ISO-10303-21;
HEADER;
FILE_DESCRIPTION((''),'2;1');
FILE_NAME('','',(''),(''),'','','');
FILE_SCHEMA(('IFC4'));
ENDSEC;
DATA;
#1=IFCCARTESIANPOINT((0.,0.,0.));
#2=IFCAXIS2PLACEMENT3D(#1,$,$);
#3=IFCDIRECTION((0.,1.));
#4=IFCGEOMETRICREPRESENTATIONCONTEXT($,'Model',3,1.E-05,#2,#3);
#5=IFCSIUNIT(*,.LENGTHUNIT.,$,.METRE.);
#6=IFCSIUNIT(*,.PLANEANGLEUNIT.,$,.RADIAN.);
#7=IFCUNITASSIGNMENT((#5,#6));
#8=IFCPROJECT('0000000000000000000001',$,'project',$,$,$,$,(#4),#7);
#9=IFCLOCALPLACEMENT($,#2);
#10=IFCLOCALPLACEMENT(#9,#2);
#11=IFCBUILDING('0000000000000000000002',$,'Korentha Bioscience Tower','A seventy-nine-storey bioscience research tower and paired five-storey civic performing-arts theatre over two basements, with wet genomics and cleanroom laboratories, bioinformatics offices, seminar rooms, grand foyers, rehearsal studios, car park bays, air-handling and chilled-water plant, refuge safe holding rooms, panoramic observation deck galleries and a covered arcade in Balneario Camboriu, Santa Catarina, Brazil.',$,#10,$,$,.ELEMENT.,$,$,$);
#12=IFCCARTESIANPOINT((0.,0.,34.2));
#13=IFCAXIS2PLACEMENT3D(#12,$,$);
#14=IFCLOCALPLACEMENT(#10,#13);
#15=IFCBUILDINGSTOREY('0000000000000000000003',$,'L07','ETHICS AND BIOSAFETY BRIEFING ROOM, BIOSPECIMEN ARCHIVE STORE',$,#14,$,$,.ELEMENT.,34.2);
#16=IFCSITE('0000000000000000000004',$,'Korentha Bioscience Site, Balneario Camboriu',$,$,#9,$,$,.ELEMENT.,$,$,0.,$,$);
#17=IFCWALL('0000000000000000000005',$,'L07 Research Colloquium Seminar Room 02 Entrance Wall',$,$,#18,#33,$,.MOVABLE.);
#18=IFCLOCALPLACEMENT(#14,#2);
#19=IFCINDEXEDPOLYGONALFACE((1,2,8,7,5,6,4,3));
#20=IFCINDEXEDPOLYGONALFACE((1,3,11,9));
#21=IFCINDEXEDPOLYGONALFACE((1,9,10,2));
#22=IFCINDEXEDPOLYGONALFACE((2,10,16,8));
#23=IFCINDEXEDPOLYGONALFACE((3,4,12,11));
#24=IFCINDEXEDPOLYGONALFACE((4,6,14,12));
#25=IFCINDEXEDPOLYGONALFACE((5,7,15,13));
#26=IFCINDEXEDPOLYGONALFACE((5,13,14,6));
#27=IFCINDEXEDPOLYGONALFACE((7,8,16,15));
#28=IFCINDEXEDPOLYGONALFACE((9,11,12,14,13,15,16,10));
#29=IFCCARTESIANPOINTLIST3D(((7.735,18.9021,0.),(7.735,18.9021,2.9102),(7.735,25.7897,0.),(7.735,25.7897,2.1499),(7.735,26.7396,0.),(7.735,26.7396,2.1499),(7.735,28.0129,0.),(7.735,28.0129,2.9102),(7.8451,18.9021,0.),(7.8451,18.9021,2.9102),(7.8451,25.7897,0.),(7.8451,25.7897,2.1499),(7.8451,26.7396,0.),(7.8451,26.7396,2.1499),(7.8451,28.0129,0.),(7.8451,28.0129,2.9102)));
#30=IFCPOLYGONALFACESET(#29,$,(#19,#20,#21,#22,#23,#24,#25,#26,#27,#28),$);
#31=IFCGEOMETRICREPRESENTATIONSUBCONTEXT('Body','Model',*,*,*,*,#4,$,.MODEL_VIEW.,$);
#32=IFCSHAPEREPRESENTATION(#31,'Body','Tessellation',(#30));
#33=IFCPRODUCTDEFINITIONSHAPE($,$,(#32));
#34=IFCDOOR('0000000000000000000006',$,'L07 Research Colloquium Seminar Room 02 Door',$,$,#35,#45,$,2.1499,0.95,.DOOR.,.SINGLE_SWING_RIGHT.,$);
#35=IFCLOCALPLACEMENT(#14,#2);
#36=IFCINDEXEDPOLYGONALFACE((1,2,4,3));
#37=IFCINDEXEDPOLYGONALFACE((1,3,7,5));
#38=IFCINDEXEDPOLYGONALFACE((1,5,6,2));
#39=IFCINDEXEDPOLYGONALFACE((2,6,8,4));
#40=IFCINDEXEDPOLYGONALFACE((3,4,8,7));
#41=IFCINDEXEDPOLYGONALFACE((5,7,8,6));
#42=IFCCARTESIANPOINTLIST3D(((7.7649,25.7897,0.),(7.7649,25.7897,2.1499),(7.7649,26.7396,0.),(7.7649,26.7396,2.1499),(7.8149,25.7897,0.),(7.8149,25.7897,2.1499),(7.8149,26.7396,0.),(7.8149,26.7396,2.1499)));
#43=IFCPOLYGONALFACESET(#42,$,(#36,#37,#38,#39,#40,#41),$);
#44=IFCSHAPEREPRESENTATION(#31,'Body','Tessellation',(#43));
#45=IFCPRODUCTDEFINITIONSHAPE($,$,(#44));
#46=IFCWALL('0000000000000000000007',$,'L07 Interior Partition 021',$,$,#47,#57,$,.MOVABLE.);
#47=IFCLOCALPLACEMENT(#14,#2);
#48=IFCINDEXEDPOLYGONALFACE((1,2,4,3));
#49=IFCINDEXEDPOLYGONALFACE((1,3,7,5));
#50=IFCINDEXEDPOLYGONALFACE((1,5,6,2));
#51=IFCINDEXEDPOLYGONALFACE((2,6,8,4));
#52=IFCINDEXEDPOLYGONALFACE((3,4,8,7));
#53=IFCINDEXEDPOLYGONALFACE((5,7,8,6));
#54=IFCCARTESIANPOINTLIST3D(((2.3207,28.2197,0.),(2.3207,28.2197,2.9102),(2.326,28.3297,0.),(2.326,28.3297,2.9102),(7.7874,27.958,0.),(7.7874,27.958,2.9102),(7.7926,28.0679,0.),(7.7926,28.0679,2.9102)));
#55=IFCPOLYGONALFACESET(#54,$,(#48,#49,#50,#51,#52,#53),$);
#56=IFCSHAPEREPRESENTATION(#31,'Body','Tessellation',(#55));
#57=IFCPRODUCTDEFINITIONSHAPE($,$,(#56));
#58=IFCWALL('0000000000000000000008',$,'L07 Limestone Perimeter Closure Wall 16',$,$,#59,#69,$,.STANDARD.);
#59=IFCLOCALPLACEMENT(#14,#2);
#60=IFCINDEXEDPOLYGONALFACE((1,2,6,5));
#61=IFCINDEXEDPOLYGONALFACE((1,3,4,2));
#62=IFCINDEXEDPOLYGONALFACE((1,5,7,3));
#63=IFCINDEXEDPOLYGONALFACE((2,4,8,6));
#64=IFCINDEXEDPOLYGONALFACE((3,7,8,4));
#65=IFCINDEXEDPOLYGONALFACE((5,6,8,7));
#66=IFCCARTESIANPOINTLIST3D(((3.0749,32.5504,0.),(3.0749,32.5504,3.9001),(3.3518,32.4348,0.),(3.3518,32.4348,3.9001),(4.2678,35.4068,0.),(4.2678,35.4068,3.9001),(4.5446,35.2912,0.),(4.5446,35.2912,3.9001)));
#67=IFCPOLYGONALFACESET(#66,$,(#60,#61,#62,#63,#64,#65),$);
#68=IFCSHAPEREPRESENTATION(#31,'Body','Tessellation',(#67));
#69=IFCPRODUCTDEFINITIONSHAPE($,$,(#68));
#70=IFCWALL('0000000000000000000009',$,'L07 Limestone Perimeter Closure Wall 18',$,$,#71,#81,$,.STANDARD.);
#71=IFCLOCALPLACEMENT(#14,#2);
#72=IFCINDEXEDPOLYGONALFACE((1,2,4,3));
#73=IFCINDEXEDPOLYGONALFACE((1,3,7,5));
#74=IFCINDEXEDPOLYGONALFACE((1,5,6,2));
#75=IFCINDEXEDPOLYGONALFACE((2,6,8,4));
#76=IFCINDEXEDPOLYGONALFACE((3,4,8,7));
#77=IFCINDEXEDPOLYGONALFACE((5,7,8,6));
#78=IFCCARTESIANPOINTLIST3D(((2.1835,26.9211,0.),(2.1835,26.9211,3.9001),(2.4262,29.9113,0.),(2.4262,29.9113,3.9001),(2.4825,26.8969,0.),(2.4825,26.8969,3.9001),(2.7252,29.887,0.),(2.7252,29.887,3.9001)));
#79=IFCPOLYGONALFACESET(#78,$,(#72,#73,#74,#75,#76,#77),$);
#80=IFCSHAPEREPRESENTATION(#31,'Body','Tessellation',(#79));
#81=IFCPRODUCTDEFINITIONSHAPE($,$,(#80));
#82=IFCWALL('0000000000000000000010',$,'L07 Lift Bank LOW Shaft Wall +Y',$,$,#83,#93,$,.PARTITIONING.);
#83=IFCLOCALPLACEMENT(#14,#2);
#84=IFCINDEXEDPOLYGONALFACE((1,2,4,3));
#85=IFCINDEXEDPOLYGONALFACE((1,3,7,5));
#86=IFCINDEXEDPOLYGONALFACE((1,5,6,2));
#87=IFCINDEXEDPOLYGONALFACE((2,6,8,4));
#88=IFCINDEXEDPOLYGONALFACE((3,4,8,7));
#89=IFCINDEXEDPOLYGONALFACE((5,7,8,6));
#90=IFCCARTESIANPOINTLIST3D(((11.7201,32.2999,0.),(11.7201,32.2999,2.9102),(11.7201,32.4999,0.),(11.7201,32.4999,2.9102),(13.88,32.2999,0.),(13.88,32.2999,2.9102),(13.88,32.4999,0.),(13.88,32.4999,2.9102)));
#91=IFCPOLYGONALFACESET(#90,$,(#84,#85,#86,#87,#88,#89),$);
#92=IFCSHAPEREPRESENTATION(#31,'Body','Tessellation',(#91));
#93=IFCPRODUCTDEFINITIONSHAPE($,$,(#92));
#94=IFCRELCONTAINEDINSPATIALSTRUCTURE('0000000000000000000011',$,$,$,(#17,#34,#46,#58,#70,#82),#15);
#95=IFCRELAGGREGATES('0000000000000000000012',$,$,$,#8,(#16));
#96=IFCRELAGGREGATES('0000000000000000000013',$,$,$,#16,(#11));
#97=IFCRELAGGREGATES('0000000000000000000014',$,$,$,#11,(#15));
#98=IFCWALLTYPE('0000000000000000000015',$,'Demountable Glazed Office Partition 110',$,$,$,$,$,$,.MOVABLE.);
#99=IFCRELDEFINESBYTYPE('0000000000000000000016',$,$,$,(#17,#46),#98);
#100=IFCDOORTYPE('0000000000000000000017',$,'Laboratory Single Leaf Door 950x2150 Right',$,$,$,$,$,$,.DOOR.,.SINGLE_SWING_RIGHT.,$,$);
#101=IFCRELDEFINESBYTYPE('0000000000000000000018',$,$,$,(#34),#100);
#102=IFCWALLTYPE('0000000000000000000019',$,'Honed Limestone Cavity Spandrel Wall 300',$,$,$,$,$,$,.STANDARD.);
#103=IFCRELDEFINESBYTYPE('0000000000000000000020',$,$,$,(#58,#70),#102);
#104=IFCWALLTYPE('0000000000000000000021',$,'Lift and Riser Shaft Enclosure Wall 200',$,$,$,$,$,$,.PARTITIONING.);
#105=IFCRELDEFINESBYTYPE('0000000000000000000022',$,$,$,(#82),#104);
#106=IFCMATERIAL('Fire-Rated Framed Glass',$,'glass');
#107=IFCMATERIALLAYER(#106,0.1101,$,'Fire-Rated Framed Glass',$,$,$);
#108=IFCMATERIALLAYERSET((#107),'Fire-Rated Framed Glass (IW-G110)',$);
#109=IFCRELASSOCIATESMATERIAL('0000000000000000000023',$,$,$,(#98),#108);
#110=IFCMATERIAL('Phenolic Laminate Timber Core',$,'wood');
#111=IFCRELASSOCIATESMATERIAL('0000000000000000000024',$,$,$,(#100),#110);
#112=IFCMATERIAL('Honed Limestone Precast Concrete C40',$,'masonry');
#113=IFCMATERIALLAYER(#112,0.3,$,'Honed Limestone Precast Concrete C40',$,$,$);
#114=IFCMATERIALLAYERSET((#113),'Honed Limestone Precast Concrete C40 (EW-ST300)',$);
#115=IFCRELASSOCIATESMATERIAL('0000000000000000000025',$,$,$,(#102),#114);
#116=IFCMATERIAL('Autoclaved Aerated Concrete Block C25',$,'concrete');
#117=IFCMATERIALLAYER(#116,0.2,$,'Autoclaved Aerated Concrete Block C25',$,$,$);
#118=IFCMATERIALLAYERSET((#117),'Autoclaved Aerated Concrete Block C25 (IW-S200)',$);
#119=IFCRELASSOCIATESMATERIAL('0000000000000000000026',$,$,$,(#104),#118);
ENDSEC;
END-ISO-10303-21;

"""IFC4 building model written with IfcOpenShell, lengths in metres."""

from ifc_helpers import new_model, si_unit, direction, frame, frame_2d, origin, place, context, subcontext, project, spatial, rectangle, extrude, material, layer, layer_set, type_object, element, fill, save


model = new_model("IFC4")

# Units and contexts
model_context = context("Model", 3, precision=1e-05, world=origin(), true_north=direction((0.0, 1.0)))
body_context = subcontext(model_context, "Body", "Model", "MODEL_VIEW")
ifc_project = project(units=[si_unit("LENGTHUNIT", "METRE"), si_unit("PLANEANGLEUNIT", "RADIAN")], contexts=[model_context])

# Site, building, storey
site_placement = place(None, origin())
site = spatial("IfcSite", under=ifc_project, at=site_placement, Name="Korentha Bioscience Site, Balneario Camboriu", CompositionType="ELEMENT", RefElevation=0.0)
building_placement = place(site_placement, origin())
building = spatial("IfcBuilding", under=site, at=building_placement, Name="Korentha Bioscience Tower", Description="A seventy-nine-storey bioscience research tower and paired five-storey civic performing-arts theatre over two basements, with wet genomics and cleanroom laboratories, bioinformatics offices, seminar rooms, grand foyers, rehearsal studios, car park bays, air-handling and chilled-water plant, refuge safe holding rooms, panoramic observation deck galleries and a covered arcade in Balneario Camboriu, Santa Catarina, Brazil.", CompositionType="ELEMENT")
storey_placement = place(building_placement, frame((0.0, 0.0, 34.2)))
storey = spatial("IfcBuildingStorey", under=building, at=storey_placement, Name="L07", Description="ETHICS AND BIOSAFETY BRIEFING ROOM, BIOSPECIMEN ARCHIVE STORE", CompositionType="ELEMENT", Elevation=34.2)

# Shared definitions
ifc_material_1 = material(Name="Phenolic Laminate Timber Core", Category="wood")

# Wall, opening, door
ifc_material_2 = material(Name="Fire-Rated Framed Glass", Category="glass")
ifc_layer_1 = layer(ifc_material_2, 0.1101, Name="Fire-Rated Framed Glass")
ifc_layer_set_1 = layer_set([ifc_layer_1], Name="Fire-Rated Framed Glass (IW-G110)")
wall_type_1 = type_object("IfcWallType", Name="Demountable Glazed Office Partition 110", PredefinedType="MOVABLE", material=ifc_layer_set_1)
wall_1_placement = place(storey_placement, frame((7.79, 28.0129, 0.0), z_axis=(0.0, 0.0, 1.0), x_axis=(0.0, -1.0, 0.0)))
wall_1 = element("IfcWall", 1, at=wall_1_placement, inside=storey, type_object=wall_type_1, Name="L07 Research Colloquium Seminar Room 02 Entrance Wall", PredefinedType="MOVABLE", context=body_context, shape_type="SweptSolid", body=[
    extrude(rectangle(XDim=9.1108, YDim=0.1101, at=frame_2d((4.5554, 0.0))), origin(), (0.0, 0.0, 1.0), 2.9102),
])
opening_1_placement = place(wall_1_placement, frame((1.2732, 0.0, 0.0)))
opening_1 = element("IfcOpeningElement", 2, at=opening_1_placement, cuts=wall_1, PredefinedType="OPENING", context=body_context, shape_type="SweptSolid", body=[
    extrude(rectangle(XDim=0.95, YDim=2.1499, at=frame_2d((0.4751, 1.075))), frame((0.0, 0.0698, 0.0), z_axis=(0.0, -1.0, 0.0), x_axis=(1.0, 0.0, 0.0)), (0.0, 0.0, 1.0), 0.1399),
])
door_type_1 = type_object("IfcDoorType", Name="Laboratory Single Leaf Door 950x2150 Right", OperationType="SINGLE_SWING_RIGHT", PredefinedType="DOOR", material=ifc_material_1)
door_1_placement = place(opening_1_placement, origin())
door_1 = element("IfcDoor", 3, at=door_1_placement, inside=storey, type_object=door_type_1, Name="L07 Research Colloquium Seminar Room 02 Door", OperationType="SINGLE_SWING_RIGHT", OverallHeight=2.1499, OverallWidth=0.95, PredefinedType="DOOR", context=body_context, shape_type="SweptSolid", body=[
    extrude(rectangle(XDim=0.95, YDim=2.1499, at=frame_2d((0.4751, 1.075))), frame((0.0, 0.0249, 0.0), z_axis=(0.0, -1.0, 0.0), x_axis=(1.0, 0.0, 0.0)), (0.0, 0.0, 1.0), 0.05),
])
fill(opening_1, door_1)

# Wall
wall_2_placement = place(storey_placement, frame((2.3235, 28.2747, 0.0), z_axis=(0.0, 0.0, 1.0), x_axis=(0.998856, -0.047822, 0.0)))
element("IfcWall", 4, at=wall_2_placement, inside=storey, type_object=wall_type_1, Name="L07 Interior Partition 021", PredefinedType="MOVABLE", context=body_context, shape_type="SweptSolid", body=[
    extrude(rectangle(XDim=5.4729, YDim=0.1101, at=frame_2d((2.7363, 0.0))), origin(), (0.0, 0.0, 1.0), 2.9102),
])

# Shared definitions
ifc_material_3 = material(Name="Honed Limestone Precast Concrete C40", Category="masonry")
ifc_layer_2 = layer(ifc_material_3, 0.3, Name="Honed Limestone Precast Concrete C40")
ifc_layer_set_2 = layer_set([ifc_layer_2], Name="Honed Limestone Precast Concrete C40 (EW-ST300)")
wall_type_2 = type_object("IfcWallType", Name="Honed Limestone Cavity Spandrel Wall 300", PredefinedType="STANDARD", material=ifc_layer_set_2)

# Walls
wall_3_placement = place(storey_placement, frame((4.4062, 35.3491, 0.0), z_axis=(0.0, 0.0, 1.0), x_axis=(-0.385354, -0.922769, 0.0)))
element("IfcWall", 5, at=wall_3_placement, inside=storey, type_object=wall_type_2, Name="L07 Limestone Perimeter Closure Wall 16", PredefinedType="STANDARD", context=body_context, shape_type="SweptSolid", body=[
    extrude(rectangle(XDim=3.0955, YDim=0.3, at=frame_2d((1.5479, 0.0))), origin(), (0.0, 0.0, 1.0), 3.9001),
])
wall_4_placement = place(storey_placement, frame((2.5757, 29.8992, 0.0), z_axis=(0.0, 0.0, 1.0), x_axis=(-0.08089, -0.996723, 0.0)))
element("IfcWall", 6, at=wall_4_placement, inside=storey, type_object=wall_type_2, Name="L07 Limestone Perimeter Closure Wall 18", PredefinedType="STANDARD", context=body_context, shape_type="SweptSolid", body=[
    extrude(rectangle(XDim=3.0, YDim=0.3, at=frame_2d((1.5, 0.0))), origin(), (0.0, 0.0, 1.0), 3.9001),
])
ifc_material_4 = material(Name="Autoclaved Aerated Concrete Block C25", Category="concrete")
ifc_layer_3 = layer(ifc_material_4, 0.2, Name="Autoclaved Aerated Concrete Block C25")
ifc_layer_set_3 = layer_set([ifc_layer_3], Name="Autoclaved Aerated Concrete Block C25 (IW-S200)")
wall_type_3 = type_object("IfcWallType", Name="Lift and Riser Shaft Enclosure Wall 200", PredefinedType="PARTITIONING", material=ifc_layer_set_3)
wall_5_placement = place(storey_placement, frame((11.72, 32.3999, 0.0), z_axis=(0.0, 0.0, 1.0), x_axis=(1.0, 0.0, 0.0)))
element("IfcWall", 7, at=wall_5_placement, inside=storey, type_object=wall_type_3, Name="L07 Lift Bank LOW Shaft Wall +Y", PredefinedType="PARTITIONING", context=body_context, shape_type="SweptSolid", body=[
    extrude(rectangle(XDim=2.1599, YDim=0.2, at=frame_2d((1.0801, 0.0))), origin(), (0.0, 0.0, 1.0), 2.9102),
])

save(model, "model.ifc")
